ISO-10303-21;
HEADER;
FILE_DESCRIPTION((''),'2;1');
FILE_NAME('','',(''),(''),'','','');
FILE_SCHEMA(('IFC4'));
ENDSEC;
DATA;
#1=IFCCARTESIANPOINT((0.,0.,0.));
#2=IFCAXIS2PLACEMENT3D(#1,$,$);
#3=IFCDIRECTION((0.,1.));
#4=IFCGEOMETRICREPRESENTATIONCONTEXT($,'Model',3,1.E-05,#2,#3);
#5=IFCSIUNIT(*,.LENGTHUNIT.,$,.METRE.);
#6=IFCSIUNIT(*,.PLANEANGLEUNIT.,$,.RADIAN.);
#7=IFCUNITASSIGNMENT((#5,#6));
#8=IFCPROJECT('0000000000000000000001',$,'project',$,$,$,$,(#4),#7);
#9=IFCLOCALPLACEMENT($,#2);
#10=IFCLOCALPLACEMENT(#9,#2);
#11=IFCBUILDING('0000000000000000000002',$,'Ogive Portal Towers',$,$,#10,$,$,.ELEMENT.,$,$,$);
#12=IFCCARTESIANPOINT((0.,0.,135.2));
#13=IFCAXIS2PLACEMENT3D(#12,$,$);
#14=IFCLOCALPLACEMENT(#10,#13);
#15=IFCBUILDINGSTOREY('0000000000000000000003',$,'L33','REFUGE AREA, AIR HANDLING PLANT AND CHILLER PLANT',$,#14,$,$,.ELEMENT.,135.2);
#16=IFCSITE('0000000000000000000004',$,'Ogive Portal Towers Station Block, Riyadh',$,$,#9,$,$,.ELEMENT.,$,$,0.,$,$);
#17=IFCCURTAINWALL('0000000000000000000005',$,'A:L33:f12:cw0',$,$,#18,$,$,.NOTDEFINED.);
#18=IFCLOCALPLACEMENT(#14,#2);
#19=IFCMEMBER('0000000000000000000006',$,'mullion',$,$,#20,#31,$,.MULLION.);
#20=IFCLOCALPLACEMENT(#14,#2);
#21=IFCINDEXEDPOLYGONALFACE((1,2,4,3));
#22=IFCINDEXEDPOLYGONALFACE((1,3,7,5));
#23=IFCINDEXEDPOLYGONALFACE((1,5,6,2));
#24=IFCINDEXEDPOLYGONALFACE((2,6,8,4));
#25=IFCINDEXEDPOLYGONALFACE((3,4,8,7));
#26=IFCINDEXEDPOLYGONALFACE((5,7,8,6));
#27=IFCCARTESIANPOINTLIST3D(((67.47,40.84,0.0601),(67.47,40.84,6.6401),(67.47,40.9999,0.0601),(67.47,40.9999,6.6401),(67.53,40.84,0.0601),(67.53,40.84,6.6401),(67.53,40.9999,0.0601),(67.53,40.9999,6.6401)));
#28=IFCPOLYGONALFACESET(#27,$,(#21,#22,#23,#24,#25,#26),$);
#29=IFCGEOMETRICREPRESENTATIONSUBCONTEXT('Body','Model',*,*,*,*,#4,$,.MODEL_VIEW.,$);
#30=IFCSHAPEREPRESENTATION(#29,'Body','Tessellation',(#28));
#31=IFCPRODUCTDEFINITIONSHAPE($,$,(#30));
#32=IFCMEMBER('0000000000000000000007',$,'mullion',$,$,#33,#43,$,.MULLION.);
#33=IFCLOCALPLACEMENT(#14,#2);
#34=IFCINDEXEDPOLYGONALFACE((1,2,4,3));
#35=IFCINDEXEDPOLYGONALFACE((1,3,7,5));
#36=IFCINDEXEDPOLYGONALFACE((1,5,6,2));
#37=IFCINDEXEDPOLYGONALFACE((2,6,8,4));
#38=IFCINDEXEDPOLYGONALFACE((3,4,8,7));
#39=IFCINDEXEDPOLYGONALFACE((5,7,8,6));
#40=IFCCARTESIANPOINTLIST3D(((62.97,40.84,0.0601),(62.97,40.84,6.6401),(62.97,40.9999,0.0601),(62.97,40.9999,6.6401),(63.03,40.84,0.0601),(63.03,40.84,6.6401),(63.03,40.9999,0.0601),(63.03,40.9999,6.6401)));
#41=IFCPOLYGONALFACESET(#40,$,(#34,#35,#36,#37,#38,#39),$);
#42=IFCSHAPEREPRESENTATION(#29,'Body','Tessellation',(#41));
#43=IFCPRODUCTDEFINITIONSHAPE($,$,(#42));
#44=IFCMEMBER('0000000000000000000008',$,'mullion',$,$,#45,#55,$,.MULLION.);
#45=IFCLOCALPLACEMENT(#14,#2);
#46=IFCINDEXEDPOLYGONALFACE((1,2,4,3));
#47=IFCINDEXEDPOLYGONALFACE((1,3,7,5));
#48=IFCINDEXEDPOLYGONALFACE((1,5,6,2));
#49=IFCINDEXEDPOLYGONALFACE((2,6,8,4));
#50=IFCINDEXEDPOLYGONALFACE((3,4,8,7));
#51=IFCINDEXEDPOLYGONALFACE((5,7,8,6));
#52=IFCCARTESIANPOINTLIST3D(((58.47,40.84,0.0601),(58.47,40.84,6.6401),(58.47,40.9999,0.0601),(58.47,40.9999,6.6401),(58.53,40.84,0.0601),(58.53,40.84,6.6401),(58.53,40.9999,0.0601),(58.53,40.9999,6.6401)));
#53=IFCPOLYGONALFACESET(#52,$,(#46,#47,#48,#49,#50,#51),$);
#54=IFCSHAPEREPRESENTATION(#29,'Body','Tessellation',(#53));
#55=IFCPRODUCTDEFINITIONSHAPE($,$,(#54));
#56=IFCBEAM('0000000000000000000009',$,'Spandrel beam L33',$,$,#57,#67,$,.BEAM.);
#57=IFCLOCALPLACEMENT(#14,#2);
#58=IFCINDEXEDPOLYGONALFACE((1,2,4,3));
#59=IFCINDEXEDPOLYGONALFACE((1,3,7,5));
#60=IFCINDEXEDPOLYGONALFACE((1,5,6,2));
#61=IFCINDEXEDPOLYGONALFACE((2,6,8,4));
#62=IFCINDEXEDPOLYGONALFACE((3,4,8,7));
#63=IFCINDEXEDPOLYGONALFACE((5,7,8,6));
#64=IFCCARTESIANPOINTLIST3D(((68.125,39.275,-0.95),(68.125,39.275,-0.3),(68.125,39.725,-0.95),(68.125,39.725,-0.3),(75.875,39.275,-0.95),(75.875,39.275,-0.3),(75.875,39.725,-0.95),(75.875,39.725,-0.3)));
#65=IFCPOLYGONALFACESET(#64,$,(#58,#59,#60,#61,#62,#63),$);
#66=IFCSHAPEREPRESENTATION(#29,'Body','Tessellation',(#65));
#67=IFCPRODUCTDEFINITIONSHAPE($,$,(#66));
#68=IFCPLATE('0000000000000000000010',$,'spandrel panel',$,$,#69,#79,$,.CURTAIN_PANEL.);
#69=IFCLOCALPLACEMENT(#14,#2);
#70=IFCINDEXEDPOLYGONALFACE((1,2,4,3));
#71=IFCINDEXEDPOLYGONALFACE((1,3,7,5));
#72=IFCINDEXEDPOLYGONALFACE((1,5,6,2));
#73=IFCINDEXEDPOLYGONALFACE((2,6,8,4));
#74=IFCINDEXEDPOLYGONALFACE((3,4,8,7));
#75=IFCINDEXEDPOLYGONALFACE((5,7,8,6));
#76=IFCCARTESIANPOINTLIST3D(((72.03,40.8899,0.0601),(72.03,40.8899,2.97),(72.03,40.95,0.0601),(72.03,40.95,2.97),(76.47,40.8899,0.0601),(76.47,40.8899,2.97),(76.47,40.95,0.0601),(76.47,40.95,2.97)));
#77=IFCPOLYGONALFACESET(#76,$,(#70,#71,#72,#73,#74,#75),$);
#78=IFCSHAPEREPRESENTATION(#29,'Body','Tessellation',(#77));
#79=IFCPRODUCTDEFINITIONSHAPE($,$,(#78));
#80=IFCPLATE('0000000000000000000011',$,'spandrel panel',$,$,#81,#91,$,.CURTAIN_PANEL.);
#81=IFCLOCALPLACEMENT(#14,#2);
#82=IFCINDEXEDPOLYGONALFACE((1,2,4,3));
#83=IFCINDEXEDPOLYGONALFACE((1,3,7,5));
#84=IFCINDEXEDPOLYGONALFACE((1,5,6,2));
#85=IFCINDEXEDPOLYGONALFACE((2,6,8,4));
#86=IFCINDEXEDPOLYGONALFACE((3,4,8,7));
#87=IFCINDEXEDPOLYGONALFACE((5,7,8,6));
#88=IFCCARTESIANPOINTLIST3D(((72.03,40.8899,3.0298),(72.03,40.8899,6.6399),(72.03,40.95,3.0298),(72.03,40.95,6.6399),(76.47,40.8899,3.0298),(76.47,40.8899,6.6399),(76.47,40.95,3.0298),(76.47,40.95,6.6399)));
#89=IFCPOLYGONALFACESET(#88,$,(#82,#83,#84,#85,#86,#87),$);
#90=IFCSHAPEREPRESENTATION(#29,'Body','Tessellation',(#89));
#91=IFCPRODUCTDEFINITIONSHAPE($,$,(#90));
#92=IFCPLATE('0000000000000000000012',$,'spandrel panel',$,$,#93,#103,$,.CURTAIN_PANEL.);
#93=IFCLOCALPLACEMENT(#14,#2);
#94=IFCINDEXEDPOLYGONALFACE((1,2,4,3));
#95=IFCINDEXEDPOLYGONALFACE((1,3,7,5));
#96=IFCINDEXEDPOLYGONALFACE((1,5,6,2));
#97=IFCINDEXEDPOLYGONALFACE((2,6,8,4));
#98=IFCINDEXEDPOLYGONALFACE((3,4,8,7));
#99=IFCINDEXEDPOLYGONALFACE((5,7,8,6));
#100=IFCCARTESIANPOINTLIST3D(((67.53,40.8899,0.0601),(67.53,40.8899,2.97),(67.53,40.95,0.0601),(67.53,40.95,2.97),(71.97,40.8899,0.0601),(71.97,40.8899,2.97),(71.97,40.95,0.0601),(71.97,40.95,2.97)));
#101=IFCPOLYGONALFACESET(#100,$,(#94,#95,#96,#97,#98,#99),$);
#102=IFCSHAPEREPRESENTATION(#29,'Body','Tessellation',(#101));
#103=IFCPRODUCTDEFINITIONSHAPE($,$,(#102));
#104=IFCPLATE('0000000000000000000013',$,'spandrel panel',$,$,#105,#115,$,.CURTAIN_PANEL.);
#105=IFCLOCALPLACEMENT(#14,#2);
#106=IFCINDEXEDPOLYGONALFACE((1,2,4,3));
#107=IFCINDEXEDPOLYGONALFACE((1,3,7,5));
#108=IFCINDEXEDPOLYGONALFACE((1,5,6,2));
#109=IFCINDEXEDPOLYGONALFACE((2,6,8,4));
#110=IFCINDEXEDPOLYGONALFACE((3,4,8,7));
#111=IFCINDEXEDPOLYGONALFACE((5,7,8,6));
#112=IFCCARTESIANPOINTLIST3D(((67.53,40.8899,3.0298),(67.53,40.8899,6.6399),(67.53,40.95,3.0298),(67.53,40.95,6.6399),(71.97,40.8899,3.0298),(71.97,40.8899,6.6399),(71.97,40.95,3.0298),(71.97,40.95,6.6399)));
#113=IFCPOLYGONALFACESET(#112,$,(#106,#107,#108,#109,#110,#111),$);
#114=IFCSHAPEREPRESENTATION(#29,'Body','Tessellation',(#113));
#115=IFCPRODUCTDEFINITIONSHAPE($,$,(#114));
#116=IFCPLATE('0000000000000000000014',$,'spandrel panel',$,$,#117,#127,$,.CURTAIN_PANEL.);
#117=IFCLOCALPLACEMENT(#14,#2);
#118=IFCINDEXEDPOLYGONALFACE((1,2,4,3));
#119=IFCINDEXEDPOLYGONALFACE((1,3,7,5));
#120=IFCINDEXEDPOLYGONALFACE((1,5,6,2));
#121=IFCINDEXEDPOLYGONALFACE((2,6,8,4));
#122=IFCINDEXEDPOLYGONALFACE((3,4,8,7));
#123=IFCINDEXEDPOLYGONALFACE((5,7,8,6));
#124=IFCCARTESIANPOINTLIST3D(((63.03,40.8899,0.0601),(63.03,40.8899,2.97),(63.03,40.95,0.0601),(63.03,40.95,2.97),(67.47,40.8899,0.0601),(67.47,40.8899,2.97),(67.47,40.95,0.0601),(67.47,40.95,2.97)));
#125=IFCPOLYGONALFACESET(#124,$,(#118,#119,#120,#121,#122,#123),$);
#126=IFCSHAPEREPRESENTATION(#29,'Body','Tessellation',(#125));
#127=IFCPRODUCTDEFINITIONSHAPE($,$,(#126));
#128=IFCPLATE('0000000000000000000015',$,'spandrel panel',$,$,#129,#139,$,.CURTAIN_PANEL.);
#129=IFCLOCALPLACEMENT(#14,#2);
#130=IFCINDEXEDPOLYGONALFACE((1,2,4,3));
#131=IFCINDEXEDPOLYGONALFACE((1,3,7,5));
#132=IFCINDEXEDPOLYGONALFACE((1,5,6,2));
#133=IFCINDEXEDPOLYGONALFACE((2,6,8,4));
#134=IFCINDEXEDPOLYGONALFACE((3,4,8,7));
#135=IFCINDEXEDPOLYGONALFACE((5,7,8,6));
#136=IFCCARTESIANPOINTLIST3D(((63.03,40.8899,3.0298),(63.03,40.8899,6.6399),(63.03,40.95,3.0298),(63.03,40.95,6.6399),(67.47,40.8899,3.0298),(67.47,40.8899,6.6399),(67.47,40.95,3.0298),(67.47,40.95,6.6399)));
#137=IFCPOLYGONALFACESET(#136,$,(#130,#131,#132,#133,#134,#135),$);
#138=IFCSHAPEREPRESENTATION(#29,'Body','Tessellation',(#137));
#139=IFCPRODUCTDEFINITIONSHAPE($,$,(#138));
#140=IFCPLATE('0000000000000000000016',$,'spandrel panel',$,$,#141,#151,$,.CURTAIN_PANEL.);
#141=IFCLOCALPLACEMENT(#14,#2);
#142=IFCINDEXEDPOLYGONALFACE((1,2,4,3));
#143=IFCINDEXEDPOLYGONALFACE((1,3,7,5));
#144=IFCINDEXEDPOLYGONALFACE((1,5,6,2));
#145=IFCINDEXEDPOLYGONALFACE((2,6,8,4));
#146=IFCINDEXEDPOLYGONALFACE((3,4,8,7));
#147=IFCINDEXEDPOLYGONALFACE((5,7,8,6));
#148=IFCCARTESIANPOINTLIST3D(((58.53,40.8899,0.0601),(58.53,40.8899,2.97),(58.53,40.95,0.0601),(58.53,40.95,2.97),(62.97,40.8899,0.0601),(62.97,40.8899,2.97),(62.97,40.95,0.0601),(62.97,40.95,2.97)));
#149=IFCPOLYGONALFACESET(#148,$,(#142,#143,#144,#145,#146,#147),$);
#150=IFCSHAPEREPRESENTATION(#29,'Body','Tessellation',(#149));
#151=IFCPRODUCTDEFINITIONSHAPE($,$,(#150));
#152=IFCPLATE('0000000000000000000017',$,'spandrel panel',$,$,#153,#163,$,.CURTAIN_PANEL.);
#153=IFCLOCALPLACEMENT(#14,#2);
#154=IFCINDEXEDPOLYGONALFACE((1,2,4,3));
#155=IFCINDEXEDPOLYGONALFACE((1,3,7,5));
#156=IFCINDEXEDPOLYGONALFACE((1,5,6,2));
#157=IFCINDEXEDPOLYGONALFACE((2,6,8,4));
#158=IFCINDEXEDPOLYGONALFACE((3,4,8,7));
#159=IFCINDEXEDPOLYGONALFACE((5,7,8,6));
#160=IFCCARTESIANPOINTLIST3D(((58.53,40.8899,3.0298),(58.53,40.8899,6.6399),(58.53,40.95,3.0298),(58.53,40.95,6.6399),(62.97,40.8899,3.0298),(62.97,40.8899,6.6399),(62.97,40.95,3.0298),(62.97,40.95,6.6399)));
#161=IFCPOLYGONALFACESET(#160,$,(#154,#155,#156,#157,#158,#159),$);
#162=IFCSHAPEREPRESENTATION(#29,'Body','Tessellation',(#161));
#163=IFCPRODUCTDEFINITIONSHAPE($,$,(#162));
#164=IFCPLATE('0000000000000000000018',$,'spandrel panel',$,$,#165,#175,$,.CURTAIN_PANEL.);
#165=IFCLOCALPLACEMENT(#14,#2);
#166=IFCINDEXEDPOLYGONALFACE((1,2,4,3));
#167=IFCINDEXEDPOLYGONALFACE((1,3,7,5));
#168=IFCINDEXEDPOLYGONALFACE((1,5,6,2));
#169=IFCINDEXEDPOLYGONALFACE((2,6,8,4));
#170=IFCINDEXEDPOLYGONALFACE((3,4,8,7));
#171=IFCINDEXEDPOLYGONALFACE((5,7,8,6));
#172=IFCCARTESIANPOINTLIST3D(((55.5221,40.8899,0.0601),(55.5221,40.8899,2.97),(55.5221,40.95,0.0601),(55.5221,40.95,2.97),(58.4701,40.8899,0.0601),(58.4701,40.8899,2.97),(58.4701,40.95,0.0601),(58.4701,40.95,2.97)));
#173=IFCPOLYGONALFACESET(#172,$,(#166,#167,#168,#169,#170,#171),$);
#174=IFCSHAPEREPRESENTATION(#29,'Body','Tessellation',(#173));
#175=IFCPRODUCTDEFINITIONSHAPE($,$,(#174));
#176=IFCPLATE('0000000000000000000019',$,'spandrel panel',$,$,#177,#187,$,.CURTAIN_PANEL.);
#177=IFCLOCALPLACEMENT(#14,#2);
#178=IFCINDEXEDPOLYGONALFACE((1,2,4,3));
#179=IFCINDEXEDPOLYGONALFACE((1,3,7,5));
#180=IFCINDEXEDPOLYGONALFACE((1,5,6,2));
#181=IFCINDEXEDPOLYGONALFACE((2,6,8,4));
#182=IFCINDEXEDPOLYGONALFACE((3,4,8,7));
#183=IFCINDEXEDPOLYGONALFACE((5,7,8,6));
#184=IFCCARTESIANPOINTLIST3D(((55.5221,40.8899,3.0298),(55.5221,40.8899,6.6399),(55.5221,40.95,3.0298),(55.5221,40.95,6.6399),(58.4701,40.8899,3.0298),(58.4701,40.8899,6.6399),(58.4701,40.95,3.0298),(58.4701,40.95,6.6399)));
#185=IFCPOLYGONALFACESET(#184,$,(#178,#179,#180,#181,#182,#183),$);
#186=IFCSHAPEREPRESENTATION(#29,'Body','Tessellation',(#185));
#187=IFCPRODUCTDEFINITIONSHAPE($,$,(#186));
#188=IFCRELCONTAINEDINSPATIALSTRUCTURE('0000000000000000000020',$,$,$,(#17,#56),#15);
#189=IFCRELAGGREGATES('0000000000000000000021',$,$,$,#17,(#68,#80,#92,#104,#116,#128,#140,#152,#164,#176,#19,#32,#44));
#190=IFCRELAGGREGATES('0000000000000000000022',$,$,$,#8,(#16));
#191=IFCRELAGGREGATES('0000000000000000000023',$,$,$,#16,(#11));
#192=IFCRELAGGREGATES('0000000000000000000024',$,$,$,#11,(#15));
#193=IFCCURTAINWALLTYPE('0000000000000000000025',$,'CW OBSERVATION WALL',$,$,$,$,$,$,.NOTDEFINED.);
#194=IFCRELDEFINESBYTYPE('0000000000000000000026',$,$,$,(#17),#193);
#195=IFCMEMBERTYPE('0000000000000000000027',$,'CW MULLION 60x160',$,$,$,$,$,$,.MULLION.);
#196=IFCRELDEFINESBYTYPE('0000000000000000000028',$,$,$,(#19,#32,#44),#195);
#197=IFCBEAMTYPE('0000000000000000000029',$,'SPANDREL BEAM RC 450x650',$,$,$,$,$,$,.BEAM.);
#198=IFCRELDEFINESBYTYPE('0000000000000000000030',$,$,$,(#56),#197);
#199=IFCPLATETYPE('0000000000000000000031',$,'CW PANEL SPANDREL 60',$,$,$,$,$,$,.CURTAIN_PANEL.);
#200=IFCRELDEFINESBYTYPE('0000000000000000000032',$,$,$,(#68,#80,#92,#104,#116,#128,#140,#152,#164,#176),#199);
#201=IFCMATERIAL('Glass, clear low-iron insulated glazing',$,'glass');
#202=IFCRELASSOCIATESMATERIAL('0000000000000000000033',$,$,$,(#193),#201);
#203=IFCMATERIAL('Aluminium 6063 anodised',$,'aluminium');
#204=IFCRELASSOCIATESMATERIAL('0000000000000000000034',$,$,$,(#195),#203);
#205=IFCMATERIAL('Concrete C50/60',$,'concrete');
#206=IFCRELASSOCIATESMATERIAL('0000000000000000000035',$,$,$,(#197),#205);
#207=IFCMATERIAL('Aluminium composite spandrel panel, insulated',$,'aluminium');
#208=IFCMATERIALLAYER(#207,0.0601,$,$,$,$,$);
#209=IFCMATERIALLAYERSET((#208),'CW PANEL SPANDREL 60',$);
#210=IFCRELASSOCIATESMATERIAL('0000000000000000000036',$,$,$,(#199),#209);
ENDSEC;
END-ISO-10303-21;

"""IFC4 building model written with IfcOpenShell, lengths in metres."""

from ifc_helpers import new_model, si_unit, direction, frame, origin, origin_2d, place, context, subcontext, project, spatial, rectangle, extrude, material, layer, layer_set, material_profile, profile_set, type_object, element, aggregate, save


model = new_model("IFC4")

# Units and contexts
model_context = context("Model", 3, precision=1e-05, world=origin(), true_north=direction((0.0, 1.0)))
body_context = subcontext(model_context, "Body", "Model", "MODEL_VIEW")
ifc_project = project(units=[si_unit("LENGTHUNIT", "METRE"), si_unit("PLANEANGLEUNIT", "RADIAN")], contexts=[model_context])

# Site, building, storey
site_placement = place(None, origin())
site = spatial("IfcSite", under=ifc_project, at=site_placement, Name="Ogive Portal Towers Station Block, Riyadh", CompositionType="ELEMENT", RefElevation=0.0)
building_placement = place(site_placement, origin())
building = spatial("IfcBuilding", under=site, at=building_placement, Name="Ogive Portal Towers", CompositionType="ELEMENT")
storey_placement = place(building_placement, frame((0.0, 0.0, 135.2)))
storey = spatial("IfcBuildingStorey", under=building, at=storey_placement, Name="L33", Description="REFUGE AREA, AIR HANDLING PLANT AND CHILLER PLANT", CompositionType="ELEMENT", Elevation=135.2)

# Curtain wall, members
ifc_material_1 = material(Name="Glass, clear low-iron insulated glazing", Category="glass")
curtain_wall_type = type_object("IfcCurtainWallType", Name="CW OBSERVATION WALL", PredefinedType="NOTDEFINED", material=ifc_material_1)
curtain_wall_placement = place(storey_placement, origin())
curtain_wall = element("IfcCurtainWall", 1, at=curtain_wall_placement, inside=storey, type_object=curtain_wall_type, Name="A:L33:f12:cw0", PredefinedType="NOTDEFINED")
ifc_material_2 = material(Name="Aluminium 6063 anodised", Category="aluminium")
ifc_material_profile_1 = material_profile(ifc_material_2, rectangle(XDim=0.1599, YDim=0.0601, at=origin_2d()), Name="AL 60x160")
ifc_profile_set_1 = profile_set([ifc_material_profile_1], Name="Aluminium 6063 anodised")
member_type_1 = type_object("IfcMemberType", Name="CW MULLION 60x160", PredefinedType="MULLION", material=ifc_profile_set_1)
member_1_placement = place(storey_placement, frame((67.5, 40.9199, 0.0601), z_axis=(0.0, 0.0, 1.0), x_axis=(0.0, -1.0, 0.0)))
member_1 = element("IfcMember", 2, at=member_1_placement, type_object=member_type_1, Name="mullion", PredefinedType="MULLION", context=body_context, shape_type="SweptSolid", body=[
    extrude(rectangle(XDim=0.1599, YDim=0.0601, at=origin_2d()), origin(), (0.0, 0.0, 1.0), 6.5801),
])
member_2_placement = place(storey_placement, frame((63.0, 40.9199, 0.0601), z_axis=(0.0, 0.0, 1.0), x_axis=(0.0, -1.0, 0.0)))
member_2 = element("IfcMember", 3, at=member_2_placement, type_object=member_type_1, Name="mullion", PredefinedType="MULLION", context=body_context, shape_type="SweptSolid", body=[
    extrude(rectangle(XDim=0.1599, YDim=0.0601, at=origin_2d()), origin(), (0.0, 0.0, 1.0), 6.5801),
])
member_3_placement = place(storey_placement, frame((58.5, 40.9199, 0.0601), z_axis=(0.0, 0.0, 1.0), x_axis=(0.0, -1.0, 0.0)))
member_3 = element("IfcMember", 4, at=member_3_placement, type_object=member_type_1, Name="mullion", PredefinedType="MULLION", context=body_context, shape_type="SweptSolid", body=[
    extrude(rectangle(XDim=0.1599, YDim=0.0601, at=origin_2d()), origin(), (0.0, 0.0, 1.0), 6.5801),
])

# Beam
ifc_material_3 = material(Name="Concrete C50/60", Category="concrete")
ifc_material_profile_2 = material_profile(ifc_material_3, rectangle(XDim=0.45, YDim=0.6499, at=origin_2d()), Name="RC 450x650")
ifc_profile_set_2 = profile_set([ifc_material_profile_2], Name="Concrete C50/60")
beam_type = type_object("IfcBeamType", Name="SPANDREL BEAM RC 450x650", PredefinedType="BEAM", material=ifc_profile_set_2)
beam_placement = place(storey_placement, frame((68.125, 39.5, -0.625), z_axis=(1.0, 0.0, 0.0), x_axis=(0.0, 1.0, 0.0)))
element("IfcBeam", 5, at=beam_placement, inside=storey, type_object=beam_type, Name="Spandrel beam L33", PredefinedType="BEAM", context=body_context, shape_type="SweptSolid", body=[
    extrude(rectangle(XDim=0.45, YDim=0.6499, at=origin_2d()), origin(), (0.0, 0.0, 1.0), 7.75),
])

# Plates
ifc_material_4 = material(Name="Aluminium composite spandrel panel, insulated", Category="aluminium")
ifc_layer_1 = layer(ifc_material_4, 0.0601)
ifc_layer_set_1 = layer_set([ifc_layer_1], Name="CW PANEL SPANDREL 60")
plate_type = type_object("IfcPlateType", Name="CW PANEL SPANDREL 60", PredefinedType="CURTAIN_PANEL", material=ifc_layer_set_1)
plate_1_placement = place(storey_placement, frame((74.25, 40.9199, 0.0601), z_axis=(0.0, 0.0, 1.0), x_axis=(-1.0, 0.0, 0.0)))
plate_1 = element("IfcPlate", 6, at=plate_1_placement, type_object=plate_type, Name="spandrel panel", PredefinedType="CURTAIN_PANEL", context=body_context, shape_type="SweptSolid", body=[
    extrude(rectangle(XDim=4.4399, YDim=0.0601, at=origin_2d()), origin(), (0.0, 0.0, 1.0), 2.9099),
])
plate_2_placement = place(storey_placement, frame((74.25, 40.9199, 3.0298), z_axis=(0.0, 0.0, 1.0), x_axis=(-1.0, 0.0, 0.0)))
plate_2 = element("IfcPlate", 7, at=plate_2_placement, type_object=plate_type, Name="spandrel panel", PredefinedType="CURTAIN_PANEL", context=body_context, shape_type="SweptSolid", body=[
    extrude(rectangle(XDim=4.4399, YDim=0.0601, at=origin_2d()), origin(), (0.0, 0.0, 1.0), 3.6101),
])
plate_3_placement = place(storey_placement, frame((69.75, 40.9199, 0.0601), z_axis=(0.0, 0.0, 1.0), x_axis=(-1.0, 0.0, 0.0)))
plate_3 = element("IfcPlate", 8, at=plate_3_placement, type_object=plate_type, Name="spandrel panel", PredefinedType="CURTAIN_PANEL", context=body_context, shape_type="SweptSolid", body=[
    extrude(rectangle(XDim=4.4399, YDim=0.0601, at=origin_2d()), origin(), (0.0, 0.0, 1.0), 2.9099),
])
plate_4_placement = place(storey_placement, frame((69.75, 40.9199, 3.0298), z_axis=(0.0, 0.0, 1.0), x_axis=(-1.0, 0.0, 0.0)))
plate_4 = element("IfcPlate", 9, at=plate_4_placement, type_object=plate_type, Name="spandrel panel", PredefinedType="CURTAIN_PANEL", context=body_context, shape_type="SweptSolid", body=[
    extrude(rectangle(XDim=4.4399, YDim=0.0601, at=origin_2d()), origin(), (0.0, 0.0, 1.0), 3.6101),
])
plate_5_placement = place(storey_placement, frame((65.25, 40.9199, 0.0601), z_axis=(0.0, 0.0, 1.0), x_axis=(-1.0, 0.0, 0.0)))
plate_5 = element("IfcPlate", 10, at=plate_5_placement, type_object=plate_type, Name="spandrel panel", PredefinedType="CURTAIN_PANEL", context=body_context, shape_type="SweptSolid", body=[
    extrude(rectangle(XDim=4.4399, YDim=0.0601, at=origin_2d()), origin(), (0.0, 0.0, 1.0), 2.9099),
])
plate_6_placement = place(storey_placement, frame((65.25, 40.9199, 3.0298), z_axis=(0.0, 0.0, 1.0), x_axis=(-1.0, 0.0, 0.0)))
plate_6 = element("IfcPlate", 11, at=plate_6_placement, type_object=plate_type, Name="spandrel panel", PredefinedType="CURTAIN_PANEL", context=body_context, shape_type="SweptSolid", body=[
    extrude(rectangle(XDim=4.4399, YDim=0.0601, at=origin_2d()), origin(), (0.0, 0.0, 1.0), 3.6101),
])
plate_7_placement = place(storey_placement, frame((60.75, 40.9199, 0.0601), z_axis=(0.0, 0.0, 1.0), x_axis=(-1.0, 0.0, 0.0)))
plate_7 = element("IfcPlate", 12, at=plate_7_placement, type_object=plate_type, Name="spandrel panel", PredefinedType="CURTAIN_PANEL", context=body_context, shape_type="SweptSolid", body=[
    extrude(rectangle(XDim=4.4399, YDim=0.0601, at=origin_2d()), origin(), (0.0, 0.0, 1.0), 2.9099),
])
plate_8_placement = place(storey_placement, frame((60.75, 40.9199, 3.0298), z_axis=(0.0, 0.0, 1.0), x_axis=(-1.0, 0.0, 0.0)))
plate_8 = element("IfcPlate", 13, at=plate_8_placement, type_object=plate_type, Name="spandrel panel", PredefinedType="CURTAIN_PANEL", context=body_context, shape_type="SweptSolid", body=[
    extrude(rectangle(XDim=4.4399, YDim=0.0601, at=origin_2d()), origin(), (0.0, 0.0, 1.0), 3.6101),
])
plate_9_placement = place(storey_placement, frame((56.9961, 40.9199, 0.0601), z_axis=(0.0, 0.0, 1.0), x_axis=(-1.0, 0.0, 0.0)))
plate_9 = element("IfcPlate", 14, at=plate_9_placement, type_object=plate_type, Name="spandrel panel", PredefinedType="CURTAIN_PANEL", context=body_context, shape_type="SweptSolid", body=[
    extrude(rectangle(XDim=2.948, YDim=0.0601, at=origin_2d()), origin(), (0.0, 0.0, 1.0), 2.9099),
])
plate_10_placement = place(storey_placement, frame((56.9961, 40.9199, 3.0298), z_axis=(0.0, 0.0, 1.0), x_axis=(-1.0, 0.0, 0.0)))
plate_10 = element("IfcPlate", 15, at=plate_10_placement, type_object=plate_type, Name="spandrel panel", PredefinedType="CURTAIN_PANEL", context=body_context, shape_type="SweptSolid", body=[
    extrude(rectangle(XDim=2.948, YDim=0.0601, at=origin_2d()), origin(), (0.0, 0.0, 1.0), 3.6101),
])
aggregate(curtain_wall, [plate_1, plate_2, plate_3, plate_4, plate_5, plate_6, plate_7, plate_8, plate_9, plate_10, member_1, member_2, member_3])

save(model, "model.ifc")
